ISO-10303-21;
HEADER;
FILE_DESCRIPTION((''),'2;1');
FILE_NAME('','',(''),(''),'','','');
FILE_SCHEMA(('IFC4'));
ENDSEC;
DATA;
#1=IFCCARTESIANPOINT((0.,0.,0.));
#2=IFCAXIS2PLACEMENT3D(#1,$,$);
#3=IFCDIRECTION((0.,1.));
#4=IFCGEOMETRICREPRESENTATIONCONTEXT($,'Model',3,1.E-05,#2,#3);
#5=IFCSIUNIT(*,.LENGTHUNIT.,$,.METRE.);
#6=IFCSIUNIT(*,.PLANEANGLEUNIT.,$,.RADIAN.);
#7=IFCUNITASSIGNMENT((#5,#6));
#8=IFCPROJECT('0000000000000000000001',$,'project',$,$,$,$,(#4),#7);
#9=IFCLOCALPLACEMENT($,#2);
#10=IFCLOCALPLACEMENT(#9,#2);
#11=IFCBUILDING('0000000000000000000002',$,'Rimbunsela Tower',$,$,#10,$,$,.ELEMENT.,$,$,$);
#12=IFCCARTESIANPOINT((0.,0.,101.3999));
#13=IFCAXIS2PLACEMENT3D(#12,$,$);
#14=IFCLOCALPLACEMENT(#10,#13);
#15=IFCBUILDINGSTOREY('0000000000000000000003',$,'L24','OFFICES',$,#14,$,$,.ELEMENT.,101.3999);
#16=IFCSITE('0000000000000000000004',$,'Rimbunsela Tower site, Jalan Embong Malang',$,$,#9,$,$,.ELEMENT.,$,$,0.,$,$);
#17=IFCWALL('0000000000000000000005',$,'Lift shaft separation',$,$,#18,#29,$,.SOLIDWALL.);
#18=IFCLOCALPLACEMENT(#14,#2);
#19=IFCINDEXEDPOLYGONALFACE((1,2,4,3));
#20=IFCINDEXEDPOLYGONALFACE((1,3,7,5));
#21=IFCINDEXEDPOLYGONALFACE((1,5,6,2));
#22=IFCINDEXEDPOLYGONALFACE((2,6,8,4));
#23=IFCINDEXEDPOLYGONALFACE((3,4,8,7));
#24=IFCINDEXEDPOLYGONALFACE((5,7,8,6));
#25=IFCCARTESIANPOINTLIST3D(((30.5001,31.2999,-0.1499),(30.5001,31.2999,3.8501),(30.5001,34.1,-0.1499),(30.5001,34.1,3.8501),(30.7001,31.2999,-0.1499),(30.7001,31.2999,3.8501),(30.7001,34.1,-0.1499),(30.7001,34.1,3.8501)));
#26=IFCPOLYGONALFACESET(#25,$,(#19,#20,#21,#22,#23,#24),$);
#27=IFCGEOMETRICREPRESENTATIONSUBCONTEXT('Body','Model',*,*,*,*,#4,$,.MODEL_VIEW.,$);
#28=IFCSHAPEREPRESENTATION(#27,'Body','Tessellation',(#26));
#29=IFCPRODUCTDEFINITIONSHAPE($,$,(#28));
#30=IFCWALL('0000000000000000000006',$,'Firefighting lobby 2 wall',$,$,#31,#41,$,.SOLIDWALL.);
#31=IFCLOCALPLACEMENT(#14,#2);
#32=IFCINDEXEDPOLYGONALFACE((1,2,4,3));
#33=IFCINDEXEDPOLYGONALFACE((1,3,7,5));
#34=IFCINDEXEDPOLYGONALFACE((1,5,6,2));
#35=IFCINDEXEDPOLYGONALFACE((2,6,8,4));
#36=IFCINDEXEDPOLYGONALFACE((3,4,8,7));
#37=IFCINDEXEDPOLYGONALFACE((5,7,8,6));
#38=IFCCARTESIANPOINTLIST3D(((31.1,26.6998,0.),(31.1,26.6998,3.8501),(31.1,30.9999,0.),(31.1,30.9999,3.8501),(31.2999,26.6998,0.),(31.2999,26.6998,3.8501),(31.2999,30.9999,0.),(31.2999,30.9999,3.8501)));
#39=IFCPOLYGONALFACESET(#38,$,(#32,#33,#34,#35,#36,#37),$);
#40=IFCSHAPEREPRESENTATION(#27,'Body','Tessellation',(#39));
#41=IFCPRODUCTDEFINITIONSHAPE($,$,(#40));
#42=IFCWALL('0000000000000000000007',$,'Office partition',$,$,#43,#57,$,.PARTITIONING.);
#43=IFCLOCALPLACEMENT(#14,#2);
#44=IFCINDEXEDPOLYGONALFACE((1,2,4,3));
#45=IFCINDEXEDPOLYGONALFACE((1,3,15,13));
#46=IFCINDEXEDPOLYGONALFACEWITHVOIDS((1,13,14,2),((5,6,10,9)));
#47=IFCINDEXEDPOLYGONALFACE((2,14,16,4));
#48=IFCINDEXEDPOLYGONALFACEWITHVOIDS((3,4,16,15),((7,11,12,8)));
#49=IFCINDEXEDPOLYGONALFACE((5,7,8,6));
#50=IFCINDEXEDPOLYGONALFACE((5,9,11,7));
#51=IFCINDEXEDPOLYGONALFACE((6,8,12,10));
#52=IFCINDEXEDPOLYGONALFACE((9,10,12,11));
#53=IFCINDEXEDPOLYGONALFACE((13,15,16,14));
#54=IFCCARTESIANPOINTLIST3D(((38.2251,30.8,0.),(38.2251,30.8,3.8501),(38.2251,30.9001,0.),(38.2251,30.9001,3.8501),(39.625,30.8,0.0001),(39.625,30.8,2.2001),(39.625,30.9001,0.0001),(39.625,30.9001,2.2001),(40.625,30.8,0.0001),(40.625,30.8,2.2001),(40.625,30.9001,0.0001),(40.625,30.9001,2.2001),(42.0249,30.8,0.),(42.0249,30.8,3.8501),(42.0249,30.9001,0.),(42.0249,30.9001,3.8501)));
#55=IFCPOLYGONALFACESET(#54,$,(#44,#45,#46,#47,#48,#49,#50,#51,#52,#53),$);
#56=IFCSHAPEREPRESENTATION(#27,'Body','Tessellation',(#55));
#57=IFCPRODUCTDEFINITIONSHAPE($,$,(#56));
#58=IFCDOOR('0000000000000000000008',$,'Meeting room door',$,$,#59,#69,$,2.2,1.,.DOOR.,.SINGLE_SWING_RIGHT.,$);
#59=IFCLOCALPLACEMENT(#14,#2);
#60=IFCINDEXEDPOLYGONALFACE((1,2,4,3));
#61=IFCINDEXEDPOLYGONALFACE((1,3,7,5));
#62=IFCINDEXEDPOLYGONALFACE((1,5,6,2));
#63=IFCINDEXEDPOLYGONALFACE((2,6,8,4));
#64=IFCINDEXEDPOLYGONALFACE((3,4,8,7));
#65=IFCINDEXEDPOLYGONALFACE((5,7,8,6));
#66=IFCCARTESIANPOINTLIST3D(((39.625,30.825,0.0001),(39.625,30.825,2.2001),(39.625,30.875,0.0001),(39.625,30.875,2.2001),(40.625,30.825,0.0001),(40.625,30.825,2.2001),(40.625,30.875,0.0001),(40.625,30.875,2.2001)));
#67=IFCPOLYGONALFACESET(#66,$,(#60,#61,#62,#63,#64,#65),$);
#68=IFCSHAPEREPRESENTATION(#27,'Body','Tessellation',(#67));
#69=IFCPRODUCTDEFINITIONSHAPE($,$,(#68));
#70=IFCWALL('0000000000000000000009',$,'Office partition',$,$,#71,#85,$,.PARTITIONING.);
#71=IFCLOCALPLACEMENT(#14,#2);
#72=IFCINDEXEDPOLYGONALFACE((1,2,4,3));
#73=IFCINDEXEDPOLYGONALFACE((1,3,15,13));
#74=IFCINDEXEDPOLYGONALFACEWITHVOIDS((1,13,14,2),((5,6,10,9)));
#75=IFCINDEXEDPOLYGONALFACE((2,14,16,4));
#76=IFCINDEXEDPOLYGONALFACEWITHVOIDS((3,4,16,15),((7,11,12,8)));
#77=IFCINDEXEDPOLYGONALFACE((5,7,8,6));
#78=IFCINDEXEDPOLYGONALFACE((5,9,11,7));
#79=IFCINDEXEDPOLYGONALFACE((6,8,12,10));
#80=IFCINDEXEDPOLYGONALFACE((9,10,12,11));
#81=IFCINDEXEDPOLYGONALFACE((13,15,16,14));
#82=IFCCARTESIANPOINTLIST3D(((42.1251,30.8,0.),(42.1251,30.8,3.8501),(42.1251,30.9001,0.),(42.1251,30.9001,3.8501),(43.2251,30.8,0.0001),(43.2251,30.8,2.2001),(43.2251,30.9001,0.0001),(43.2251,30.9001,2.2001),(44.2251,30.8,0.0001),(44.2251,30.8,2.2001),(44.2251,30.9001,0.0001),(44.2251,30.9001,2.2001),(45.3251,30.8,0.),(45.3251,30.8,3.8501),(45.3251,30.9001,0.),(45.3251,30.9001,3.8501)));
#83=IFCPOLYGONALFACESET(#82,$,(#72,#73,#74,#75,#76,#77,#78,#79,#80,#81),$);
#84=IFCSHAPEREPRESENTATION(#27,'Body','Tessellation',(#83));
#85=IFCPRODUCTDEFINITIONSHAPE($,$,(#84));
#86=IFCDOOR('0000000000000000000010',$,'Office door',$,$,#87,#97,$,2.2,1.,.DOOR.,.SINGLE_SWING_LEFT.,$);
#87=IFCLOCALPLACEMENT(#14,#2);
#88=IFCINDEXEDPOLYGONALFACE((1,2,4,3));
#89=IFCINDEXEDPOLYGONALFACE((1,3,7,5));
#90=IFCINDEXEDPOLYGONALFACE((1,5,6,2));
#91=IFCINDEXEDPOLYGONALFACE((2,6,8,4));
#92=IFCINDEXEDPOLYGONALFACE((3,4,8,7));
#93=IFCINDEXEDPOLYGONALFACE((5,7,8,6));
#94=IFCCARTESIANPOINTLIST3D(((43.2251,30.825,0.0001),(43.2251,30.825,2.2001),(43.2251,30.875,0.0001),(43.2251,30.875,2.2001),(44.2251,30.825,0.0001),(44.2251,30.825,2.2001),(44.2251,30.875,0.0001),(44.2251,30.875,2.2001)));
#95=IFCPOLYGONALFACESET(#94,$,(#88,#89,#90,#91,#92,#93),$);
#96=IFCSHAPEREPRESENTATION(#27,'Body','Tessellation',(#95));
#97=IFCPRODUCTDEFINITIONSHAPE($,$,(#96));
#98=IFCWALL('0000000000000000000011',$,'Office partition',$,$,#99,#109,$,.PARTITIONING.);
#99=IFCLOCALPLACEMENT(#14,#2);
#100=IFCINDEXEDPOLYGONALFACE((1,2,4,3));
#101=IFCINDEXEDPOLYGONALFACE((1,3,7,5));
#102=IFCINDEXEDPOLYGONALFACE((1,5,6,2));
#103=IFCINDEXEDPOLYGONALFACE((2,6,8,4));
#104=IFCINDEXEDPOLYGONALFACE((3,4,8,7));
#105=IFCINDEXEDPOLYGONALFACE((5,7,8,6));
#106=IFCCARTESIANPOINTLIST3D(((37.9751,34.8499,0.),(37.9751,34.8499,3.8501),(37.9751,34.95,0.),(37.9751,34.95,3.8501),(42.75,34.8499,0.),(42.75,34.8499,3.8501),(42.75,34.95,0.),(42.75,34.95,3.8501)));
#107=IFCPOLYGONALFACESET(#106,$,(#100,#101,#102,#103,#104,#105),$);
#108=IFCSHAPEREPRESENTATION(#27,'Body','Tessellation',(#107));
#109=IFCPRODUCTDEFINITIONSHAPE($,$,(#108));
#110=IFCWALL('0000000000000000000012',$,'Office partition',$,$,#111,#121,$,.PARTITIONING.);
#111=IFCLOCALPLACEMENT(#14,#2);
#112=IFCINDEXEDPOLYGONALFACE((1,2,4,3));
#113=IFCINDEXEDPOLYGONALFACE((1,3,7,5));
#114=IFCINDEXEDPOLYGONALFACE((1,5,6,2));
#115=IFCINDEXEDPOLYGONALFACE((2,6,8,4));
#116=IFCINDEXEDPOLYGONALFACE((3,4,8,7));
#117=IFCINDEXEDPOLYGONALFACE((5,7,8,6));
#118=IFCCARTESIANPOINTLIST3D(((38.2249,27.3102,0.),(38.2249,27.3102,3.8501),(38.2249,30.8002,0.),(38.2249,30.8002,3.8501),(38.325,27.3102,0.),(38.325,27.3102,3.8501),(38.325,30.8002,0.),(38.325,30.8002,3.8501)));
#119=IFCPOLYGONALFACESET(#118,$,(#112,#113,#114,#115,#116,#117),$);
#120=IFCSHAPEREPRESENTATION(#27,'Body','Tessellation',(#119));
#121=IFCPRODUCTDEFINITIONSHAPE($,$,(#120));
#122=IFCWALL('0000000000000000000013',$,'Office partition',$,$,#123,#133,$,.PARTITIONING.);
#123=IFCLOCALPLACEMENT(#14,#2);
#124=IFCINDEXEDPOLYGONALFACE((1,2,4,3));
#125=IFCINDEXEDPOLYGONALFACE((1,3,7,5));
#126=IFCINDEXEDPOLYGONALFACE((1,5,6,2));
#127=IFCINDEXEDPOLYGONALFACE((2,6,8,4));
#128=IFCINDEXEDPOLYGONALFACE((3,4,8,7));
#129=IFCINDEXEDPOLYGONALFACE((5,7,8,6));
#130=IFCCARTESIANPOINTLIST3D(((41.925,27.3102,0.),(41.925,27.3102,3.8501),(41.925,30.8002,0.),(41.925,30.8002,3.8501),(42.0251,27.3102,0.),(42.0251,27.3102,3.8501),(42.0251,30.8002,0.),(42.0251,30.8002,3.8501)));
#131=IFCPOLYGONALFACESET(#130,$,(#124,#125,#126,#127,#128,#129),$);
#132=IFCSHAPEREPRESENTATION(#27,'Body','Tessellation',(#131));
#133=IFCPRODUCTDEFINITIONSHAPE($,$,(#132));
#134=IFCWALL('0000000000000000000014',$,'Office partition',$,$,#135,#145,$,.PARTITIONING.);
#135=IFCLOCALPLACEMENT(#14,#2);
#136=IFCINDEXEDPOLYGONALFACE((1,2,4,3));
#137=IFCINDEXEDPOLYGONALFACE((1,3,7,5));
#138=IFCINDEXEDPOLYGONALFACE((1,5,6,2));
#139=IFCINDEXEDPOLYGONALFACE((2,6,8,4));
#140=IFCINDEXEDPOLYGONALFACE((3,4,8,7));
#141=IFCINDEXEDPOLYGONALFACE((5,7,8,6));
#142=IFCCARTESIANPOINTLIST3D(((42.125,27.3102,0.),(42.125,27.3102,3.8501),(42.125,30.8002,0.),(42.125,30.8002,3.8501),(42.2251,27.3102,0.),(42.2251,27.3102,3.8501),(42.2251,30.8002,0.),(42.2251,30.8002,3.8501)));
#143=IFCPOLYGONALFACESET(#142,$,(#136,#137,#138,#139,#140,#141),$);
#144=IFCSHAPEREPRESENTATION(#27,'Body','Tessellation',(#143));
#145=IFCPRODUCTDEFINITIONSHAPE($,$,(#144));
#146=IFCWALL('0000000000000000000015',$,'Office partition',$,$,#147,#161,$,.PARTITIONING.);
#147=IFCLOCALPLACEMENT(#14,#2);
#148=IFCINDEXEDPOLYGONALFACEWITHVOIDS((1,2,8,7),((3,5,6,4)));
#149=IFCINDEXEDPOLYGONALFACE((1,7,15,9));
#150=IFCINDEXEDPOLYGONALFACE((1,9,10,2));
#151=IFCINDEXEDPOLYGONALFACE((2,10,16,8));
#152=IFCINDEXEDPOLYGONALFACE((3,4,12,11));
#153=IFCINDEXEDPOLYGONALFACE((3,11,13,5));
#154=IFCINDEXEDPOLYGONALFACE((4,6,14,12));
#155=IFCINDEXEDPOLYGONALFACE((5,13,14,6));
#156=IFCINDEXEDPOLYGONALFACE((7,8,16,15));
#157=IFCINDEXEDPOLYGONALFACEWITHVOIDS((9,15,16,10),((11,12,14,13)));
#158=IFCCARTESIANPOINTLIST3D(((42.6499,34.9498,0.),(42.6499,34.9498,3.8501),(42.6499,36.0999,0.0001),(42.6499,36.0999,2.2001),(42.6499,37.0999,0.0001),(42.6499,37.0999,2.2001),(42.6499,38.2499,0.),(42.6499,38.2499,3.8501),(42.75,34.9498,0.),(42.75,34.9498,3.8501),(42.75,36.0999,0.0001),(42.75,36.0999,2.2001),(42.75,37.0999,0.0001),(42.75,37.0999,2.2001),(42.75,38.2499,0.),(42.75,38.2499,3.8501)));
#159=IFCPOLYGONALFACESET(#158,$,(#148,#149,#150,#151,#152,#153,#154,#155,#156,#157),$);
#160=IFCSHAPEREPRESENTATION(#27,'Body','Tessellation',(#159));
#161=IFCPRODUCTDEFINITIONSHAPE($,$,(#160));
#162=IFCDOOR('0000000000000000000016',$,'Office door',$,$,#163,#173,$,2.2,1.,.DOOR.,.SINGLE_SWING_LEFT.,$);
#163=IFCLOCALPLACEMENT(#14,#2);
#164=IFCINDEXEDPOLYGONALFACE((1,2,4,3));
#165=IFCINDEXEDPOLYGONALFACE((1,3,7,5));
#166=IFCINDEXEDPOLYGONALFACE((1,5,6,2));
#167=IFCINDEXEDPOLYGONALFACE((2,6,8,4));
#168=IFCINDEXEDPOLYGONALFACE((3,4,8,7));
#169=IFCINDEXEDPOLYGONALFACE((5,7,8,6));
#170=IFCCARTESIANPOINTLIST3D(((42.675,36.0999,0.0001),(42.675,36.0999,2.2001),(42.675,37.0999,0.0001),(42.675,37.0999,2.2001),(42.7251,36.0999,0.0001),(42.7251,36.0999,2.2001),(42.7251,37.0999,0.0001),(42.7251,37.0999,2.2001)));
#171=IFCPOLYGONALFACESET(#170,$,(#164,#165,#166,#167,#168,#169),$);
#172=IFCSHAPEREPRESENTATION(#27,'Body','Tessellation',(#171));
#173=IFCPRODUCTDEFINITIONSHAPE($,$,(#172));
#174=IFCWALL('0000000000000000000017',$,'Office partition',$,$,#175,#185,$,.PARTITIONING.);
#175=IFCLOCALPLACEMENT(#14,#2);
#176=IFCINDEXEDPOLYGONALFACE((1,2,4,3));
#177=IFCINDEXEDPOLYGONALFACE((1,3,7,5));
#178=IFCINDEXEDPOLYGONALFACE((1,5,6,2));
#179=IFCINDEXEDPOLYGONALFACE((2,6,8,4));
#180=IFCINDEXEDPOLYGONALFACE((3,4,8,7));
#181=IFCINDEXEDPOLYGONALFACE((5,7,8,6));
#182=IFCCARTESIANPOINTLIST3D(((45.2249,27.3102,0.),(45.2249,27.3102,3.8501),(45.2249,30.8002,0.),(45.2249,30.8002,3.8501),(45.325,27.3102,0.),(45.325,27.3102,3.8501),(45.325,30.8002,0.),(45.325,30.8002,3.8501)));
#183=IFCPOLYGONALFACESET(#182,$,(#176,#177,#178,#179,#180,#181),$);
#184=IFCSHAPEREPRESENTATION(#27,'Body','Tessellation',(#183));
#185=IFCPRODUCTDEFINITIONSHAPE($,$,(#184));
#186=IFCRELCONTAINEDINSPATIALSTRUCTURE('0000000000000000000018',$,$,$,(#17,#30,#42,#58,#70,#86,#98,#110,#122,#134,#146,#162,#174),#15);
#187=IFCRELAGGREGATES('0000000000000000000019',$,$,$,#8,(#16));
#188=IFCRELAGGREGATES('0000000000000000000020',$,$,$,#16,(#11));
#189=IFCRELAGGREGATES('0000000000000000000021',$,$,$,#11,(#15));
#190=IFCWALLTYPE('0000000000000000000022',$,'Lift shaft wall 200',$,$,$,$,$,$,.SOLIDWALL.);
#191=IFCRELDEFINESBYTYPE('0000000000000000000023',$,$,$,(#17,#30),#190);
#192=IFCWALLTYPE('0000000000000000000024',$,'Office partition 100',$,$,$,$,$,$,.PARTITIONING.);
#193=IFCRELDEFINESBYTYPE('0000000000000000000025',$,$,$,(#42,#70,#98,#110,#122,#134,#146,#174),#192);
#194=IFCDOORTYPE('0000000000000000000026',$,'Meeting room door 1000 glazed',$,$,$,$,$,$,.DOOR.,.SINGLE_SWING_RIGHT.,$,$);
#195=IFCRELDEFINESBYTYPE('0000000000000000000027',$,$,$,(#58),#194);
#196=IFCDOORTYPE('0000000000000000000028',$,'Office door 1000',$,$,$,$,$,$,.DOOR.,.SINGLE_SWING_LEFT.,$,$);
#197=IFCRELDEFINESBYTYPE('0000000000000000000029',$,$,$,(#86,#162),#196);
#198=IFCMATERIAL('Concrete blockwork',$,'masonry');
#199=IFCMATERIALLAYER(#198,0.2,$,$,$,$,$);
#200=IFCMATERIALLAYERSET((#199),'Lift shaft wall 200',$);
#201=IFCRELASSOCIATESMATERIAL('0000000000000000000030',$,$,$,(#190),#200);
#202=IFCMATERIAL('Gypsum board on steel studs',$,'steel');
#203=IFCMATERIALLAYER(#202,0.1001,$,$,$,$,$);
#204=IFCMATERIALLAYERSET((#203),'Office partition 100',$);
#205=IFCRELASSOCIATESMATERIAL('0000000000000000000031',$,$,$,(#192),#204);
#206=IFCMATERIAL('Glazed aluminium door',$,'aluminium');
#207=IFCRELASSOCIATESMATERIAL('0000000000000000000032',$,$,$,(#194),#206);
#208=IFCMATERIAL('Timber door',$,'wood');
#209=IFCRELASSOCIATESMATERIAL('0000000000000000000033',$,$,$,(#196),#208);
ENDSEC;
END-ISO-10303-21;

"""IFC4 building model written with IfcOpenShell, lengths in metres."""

from ifc_helpers import new_model, si_unit, direction, frame, frame_2d, origin, place, context, subcontext, project, spatial, rectangle, extrude, material, layer, layer_set, type_object, element, fill, save


model = new_model("IFC4")

# Units and contexts
model_context = context("Model", 3, precision=1e-05, world=origin(), true_north=direction((0.0, 1.0)))
body_context = subcontext(model_context, "Body", "Model", "MODEL_VIEW")
ifc_project = project(units=[si_unit("LENGTHUNIT", "METRE"), si_unit("PLANEANGLEUNIT", "RADIAN")], contexts=[model_context])

# Site, building, storey
site_placement = place(None, origin())
site = spatial("IfcSite", under=ifc_project, at=site_placement, Name="Rimbunsela Tower site, Jalan Embong Malang", CompositionType="ELEMENT", RefElevation=0.0)
building_placement = place(site_placement, origin())
building = spatial("IfcBuilding", under=site, at=building_placement, Name="Rimbunsela Tower", CompositionType="ELEMENT")
storey_placement = place(building_placement, frame((0.0, 0.0, 101.3999)))
storey = spatial("IfcBuildingStorey", under=building, at=storey_placement, Name="L24", Description="OFFICES", CompositionType="ELEMENT", Elevation=101.3999)

# Walls
ifc_material_1 = material(Name="Concrete blockwork", Category="masonry")
ifc_layer_1 = layer(ifc_material_1, 0.2)
ifc_layer_set_1 = layer_set([ifc_layer_1], Name="Lift shaft wall 200")
wall_type_1 = type_object("IfcWallType", Name="Lift shaft wall 200", PredefinedType="SOLIDWALL", material=ifc_layer_set_1)
for number, where, z_axis, x_axis, name in (
    (1, (30.6001, 31.3, -0.1499), (0.0, 0.0, 1.0), (0.0, 1.0, 0.0), "Lift shaft separation"),
):
    element("IfcWall", number, at=place(storey_placement, frame(where, z_axis=z_axis, x_axis=x_axis)), inside=storey, type_object=wall_type_1, Name=name, PredefinedType="SOLIDWALL", context=body_context, shape_type="SweptSolid", body=[
        extrude(rectangle(XDim=2.8, YDim=0.2, at=frame_2d((1.3999, 0.0))), origin(), (0.0, 0.0, 1.0), 4.0),
    ])
wall_1_placement = place(storey_placement, frame((31.2, 26.7, 0.0), z_axis=(0.0, 0.0, 1.0), x_axis=(0.0, 1.0, 0.0)))
element("IfcWall", 2, at=wall_1_placement, inside=storey, type_object=wall_type_1, Name="Firefighting lobby 2 wall", PredefinedType="SOLIDWALL", context=body_context, shape_type="SweptSolid", body=[
    extrude(rectangle(XDim=4.3, YDim=0.2, at=frame_2d((2.1499, 0.0))), origin(), (0.0, 0.0, 1.0), 3.8501),
])

# Walls, openings, doors
ifc_material_2 = material(Name="Gypsum board on steel studs", Category="steel")
ifc_layer_2 = layer(ifc_material_2, 0.1001)
ifc_layer_set_2 = layer_set([ifc_layer_2], Name="Office partition 100")
wall_type_2 = type_object("IfcWallType", Name="Office partition 100", PredefinedType="PARTITIONING", material=ifc_layer_set_2)
wall_2_placement = place(storey_placement, frame((38.2251, 30.8501, 0.0), z_axis=(0.0, 0.0, 1.0), x_axis=(1.0, 0.0, 0.0)))
wall_2 = element("IfcWall", 3, at=wall_2_placement, inside=storey, type_object=wall_type_2, Name="Office partition", PredefinedType="PARTITIONING", context=body_context, shape_type="SweptSolid", body=[
    extrude(rectangle(XDim=3.7998, YDim=0.1001, at=frame_2d((1.8999, 0.0))), origin(), (0.0, 0.0, 1.0), 3.8501),
])
opening_1_placement = place(wall_2_placement, frame((1.3999, 0.0, 0.0)))
opening_1 = element("IfcOpeningElement", 4, at=opening_1_placement, cuts=wall_2, PredefinedType="OPENING", context=body_context, shape_type="SweptSolid", body=[
    extrude(rectangle(XDim=1.0, YDim=2.2, at=frame_2d((0.5, 1.1001))), frame((0.0, 0.0601, 0.0), z_axis=(0.0, -1.0, 0.0), x_axis=(1.0, 0.0, 0.0)), (0.0, 0.0, 1.0), 0.1201),
])
ifc_material_3 = material(Name="Glazed aluminium door", Category="aluminium")
door_type_1 = type_object("IfcDoorType", Name="Meeting room door 1000 glazed", OperationType="SINGLE_SWING_RIGHT", PredefinedType="DOOR", material=ifc_material_3)
door_1_placement = place(opening_1_placement, origin())
door_1 = element("IfcDoor", 5, at=door_1_placement, inside=storey, type_object=door_type_1, Name="Meeting room door", OperationType="SINGLE_SWING_RIGHT", OverallHeight=2.2, OverallWidth=1.0, PredefinedType="DOOR", context=body_context, shape_type="SweptSolid", body=[
    extrude(rectangle(XDim=1.0, YDim=2.2, at=frame_2d((0.5, 1.1001))), frame((0.0, 0.0249, 0.0), z_axis=(0.0, -1.0, 0.0), x_axis=(1.0, 0.0, 0.0)), (0.0, 0.0, 1.0), 0.05),
])
fill(opening_1, door_1)
wall_3_placement = place(storey_placement, frame((42.125, 30.8501, 0.0), z_axis=(0.0, 0.0, 1.0), x_axis=(1.0, 0.0, 0.0)))
wall_3 = element("IfcWall", 6, at=wall_3_placement, inside=storey, type_object=wall_type_2, Name="Office partition", PredefinedType="PARTITIONING", context=body_context, shape_type="SweptSolid", body=[
    extrude(rectangle(XDim=3.2, YDim=0.1001, at=frame_2d((1.6001, 0.0))), origin(), (0.0, 0.0, 1.0), 3.8501),
])
opening_2_placement = place(wall_3_placement, frame((1.1001, 0.0, 0.0)))
opening_2 = element("IfcOpeningElement", 7, at=opening_2_placement, cuts=wall_3, PredefinedType="OPENING", context=body_context, shape_type="SweptSolid", body=[
    extrude(rectangle(XDim=1.0, YDim=2.2, at=frame_2d((0.5, 1.1001))), frame((0.0, 0.0601, 0.0), z_axis=(0.0, -1.0, 0.0), x_axis=(1.0, 0.0, 0.0)), (0.0, 0.0, 1.0), 0.1201),
])
ifc_material_4 = material(Name="Timber door", Category="wood")
door_type_2 = type_object("IfcDoorType", Name="Office door 1000", OperationType="SINGLE_SWING_LEFT", PredefinedType="DOOR", material=ifc_material_4)
door_2_placement = place(opening_2_placement, origin())
door_2 = element("IfcDoor", 8, at=door_2_placement, inside=storey, type_object=door_type_2, Name="Office door", OperationType="SINGLE_SWING_LEFT", OverallHeight=2.2, OverallWidth=1.0, PredefinedType="DOOR", context=body_context, shape_type="SweptSolid", body=[
    extrude(rectangle(XDim=1.0, YDim=2.2, at=frame_2d((0.5, 1.1001))), frame((0.0, 0.0249, 0.0), z_axis=(0.0, -1.0, 0.0), x_axis=(1.0, 0.0, 0.0)), (0.0, 0.0, 1.0), 0.05),
])
fill(opening_2, door_2)

# Walls
wall_4_placement = place(storey_placement, frame((37.9751, 34.8999, 0.0), z_axis=(0.0, 0.0, 1.0), x_axis=(1.0, 0.0, 0.0)))
element("IfcWall", 9, at=wall_4_placement, inside=storey, type_object=wall_type_2, Name="Office partition", PredefinedType="PARTITIONING", context=body_context, shape_type="SweptSolid", body=[
    extrude(rectangle(XDim=4.7749, YDim=0.1001, at=frame_2d((2.3875, 0.0))), origin(), (0.0, 0.0, 1.0), 3.8501),
])
for number, where, z_axis, x_axis, name in (
    (10, (38.2749, 27.3101, 0.0), (0.0, 0.0, 1.0), (0.0, 1.0, 0.0), "Office partition"),
    (11, (41.9751, 27.3101, 0.0), (0.0, 0.0, 1.0), (0.0, 1.0, 0.0), "Office partition"),
    (12, (42.175, 27.3101, 0.0), (0.0, 0.0, 1.0), (0.0, 1.0, 0.0), "Office partition"),
):
    element("IfcWall", number, at=place(storey_placement, frame(where, z_axis=z_axis, x_axis=x_axis)), inside=storey, type_object=wall_type_2, Name=name, PredefinedType="PARTITIONING", context=body_context, shape_type="SweptSolid", body=[
        extrude(rectangle(XDim=3.49, YDim=0.1001, at=frame_2d((1.7451, 0.0))), origin(), (0.0, 0.0, 1.0), 3.8501),
    ])

# Wall, opening, door
wall_5_placement = place(storey_placement, frame((42.7, 34.95, 0.0), z_axis=(0.0, 0.0, 1.0), x_axis=(0.0, 1.0, 0.0)))
wall_5 = element("IfcWall", 13, at=wall_5_placement, inside=storey, type_object=wall_type_2, Name="Office partition", PredefinedType="PARTITIONING", context=body_context, shape_type="SweptSolid", body=[
    extrude(rectangle(XDim=3.3, YDim=0.1001, at=frame_2d((1.6499, 0.0))), origin(), (0.0, 0.0, 1.0), 3.8501),
])
opening_3_placement = place(wall_5_placement, frame((1.1499, 0.0, 0.0)))
opening_3 = element("IfcOpeningElement", 14, at=opening_3_placement, cuts=wall_5, PredefinedType="OPENING", context=body_context, shape_type="SweptSolid", body=[
    extrude(rectangle(XDim=1.0, YDim=2.2, at=frame_2d((0.5, 1.1001))), frame((0.0, 0.0601, 0.0), z_axis=(0.0, -1.0, 0.0), x_axis=(1.0, 0.0, 0.0)), (0.0, 0.0, 1.0), 0.1201),
])
door_3_placement = place(opening_3_placement, origin())
door_3 = element("IfcDoor", 15, at=door_3_placement, inside=storey, type_object=door_type_2, Name="Office door", OperationType="SINGLE_SWING_LEFT", OverallHeight=2.2, OverallWidth=1.0, PredefinedType="DOOR", context=body_context, shape_type="SweptSolid", body=[
    extrude(rectangle(XDim=1.0, YDim=2.2, at=frame_2d((0.5, 1.1001))), frame((0.0, 0.0249, 0.0), z_axis=(0.0, -1.0, 0.0), x_axis=(1.0, 0.0, 0.0)), (0.0, 0.0, 1.0), 0.05),
])
fill(opening_3, door_3)

# Wall
wall_6_placement = place(storey_placement, frame((45.2749, 27.3101, 0.0), z_axis=(0.0, 0.0, 1.0), x_axis=(0.0, 1.0, 0.0)))
element("IfcWall", 16, at=wall_6_placement, inside=storey, type_object=wall_type_2, Name="Office partition", PredefinedType="PARTITIONING", context=body_context, shape_type="SweptSolid", body=[
    extrude(rectangle(XDim=3.49, YDim=0.1001, at=frame_2d((1.7451, 0.0))), origin(), (0.0, 0.0, 1.0), 3.8501),
])

save(model, "model.ifc")
